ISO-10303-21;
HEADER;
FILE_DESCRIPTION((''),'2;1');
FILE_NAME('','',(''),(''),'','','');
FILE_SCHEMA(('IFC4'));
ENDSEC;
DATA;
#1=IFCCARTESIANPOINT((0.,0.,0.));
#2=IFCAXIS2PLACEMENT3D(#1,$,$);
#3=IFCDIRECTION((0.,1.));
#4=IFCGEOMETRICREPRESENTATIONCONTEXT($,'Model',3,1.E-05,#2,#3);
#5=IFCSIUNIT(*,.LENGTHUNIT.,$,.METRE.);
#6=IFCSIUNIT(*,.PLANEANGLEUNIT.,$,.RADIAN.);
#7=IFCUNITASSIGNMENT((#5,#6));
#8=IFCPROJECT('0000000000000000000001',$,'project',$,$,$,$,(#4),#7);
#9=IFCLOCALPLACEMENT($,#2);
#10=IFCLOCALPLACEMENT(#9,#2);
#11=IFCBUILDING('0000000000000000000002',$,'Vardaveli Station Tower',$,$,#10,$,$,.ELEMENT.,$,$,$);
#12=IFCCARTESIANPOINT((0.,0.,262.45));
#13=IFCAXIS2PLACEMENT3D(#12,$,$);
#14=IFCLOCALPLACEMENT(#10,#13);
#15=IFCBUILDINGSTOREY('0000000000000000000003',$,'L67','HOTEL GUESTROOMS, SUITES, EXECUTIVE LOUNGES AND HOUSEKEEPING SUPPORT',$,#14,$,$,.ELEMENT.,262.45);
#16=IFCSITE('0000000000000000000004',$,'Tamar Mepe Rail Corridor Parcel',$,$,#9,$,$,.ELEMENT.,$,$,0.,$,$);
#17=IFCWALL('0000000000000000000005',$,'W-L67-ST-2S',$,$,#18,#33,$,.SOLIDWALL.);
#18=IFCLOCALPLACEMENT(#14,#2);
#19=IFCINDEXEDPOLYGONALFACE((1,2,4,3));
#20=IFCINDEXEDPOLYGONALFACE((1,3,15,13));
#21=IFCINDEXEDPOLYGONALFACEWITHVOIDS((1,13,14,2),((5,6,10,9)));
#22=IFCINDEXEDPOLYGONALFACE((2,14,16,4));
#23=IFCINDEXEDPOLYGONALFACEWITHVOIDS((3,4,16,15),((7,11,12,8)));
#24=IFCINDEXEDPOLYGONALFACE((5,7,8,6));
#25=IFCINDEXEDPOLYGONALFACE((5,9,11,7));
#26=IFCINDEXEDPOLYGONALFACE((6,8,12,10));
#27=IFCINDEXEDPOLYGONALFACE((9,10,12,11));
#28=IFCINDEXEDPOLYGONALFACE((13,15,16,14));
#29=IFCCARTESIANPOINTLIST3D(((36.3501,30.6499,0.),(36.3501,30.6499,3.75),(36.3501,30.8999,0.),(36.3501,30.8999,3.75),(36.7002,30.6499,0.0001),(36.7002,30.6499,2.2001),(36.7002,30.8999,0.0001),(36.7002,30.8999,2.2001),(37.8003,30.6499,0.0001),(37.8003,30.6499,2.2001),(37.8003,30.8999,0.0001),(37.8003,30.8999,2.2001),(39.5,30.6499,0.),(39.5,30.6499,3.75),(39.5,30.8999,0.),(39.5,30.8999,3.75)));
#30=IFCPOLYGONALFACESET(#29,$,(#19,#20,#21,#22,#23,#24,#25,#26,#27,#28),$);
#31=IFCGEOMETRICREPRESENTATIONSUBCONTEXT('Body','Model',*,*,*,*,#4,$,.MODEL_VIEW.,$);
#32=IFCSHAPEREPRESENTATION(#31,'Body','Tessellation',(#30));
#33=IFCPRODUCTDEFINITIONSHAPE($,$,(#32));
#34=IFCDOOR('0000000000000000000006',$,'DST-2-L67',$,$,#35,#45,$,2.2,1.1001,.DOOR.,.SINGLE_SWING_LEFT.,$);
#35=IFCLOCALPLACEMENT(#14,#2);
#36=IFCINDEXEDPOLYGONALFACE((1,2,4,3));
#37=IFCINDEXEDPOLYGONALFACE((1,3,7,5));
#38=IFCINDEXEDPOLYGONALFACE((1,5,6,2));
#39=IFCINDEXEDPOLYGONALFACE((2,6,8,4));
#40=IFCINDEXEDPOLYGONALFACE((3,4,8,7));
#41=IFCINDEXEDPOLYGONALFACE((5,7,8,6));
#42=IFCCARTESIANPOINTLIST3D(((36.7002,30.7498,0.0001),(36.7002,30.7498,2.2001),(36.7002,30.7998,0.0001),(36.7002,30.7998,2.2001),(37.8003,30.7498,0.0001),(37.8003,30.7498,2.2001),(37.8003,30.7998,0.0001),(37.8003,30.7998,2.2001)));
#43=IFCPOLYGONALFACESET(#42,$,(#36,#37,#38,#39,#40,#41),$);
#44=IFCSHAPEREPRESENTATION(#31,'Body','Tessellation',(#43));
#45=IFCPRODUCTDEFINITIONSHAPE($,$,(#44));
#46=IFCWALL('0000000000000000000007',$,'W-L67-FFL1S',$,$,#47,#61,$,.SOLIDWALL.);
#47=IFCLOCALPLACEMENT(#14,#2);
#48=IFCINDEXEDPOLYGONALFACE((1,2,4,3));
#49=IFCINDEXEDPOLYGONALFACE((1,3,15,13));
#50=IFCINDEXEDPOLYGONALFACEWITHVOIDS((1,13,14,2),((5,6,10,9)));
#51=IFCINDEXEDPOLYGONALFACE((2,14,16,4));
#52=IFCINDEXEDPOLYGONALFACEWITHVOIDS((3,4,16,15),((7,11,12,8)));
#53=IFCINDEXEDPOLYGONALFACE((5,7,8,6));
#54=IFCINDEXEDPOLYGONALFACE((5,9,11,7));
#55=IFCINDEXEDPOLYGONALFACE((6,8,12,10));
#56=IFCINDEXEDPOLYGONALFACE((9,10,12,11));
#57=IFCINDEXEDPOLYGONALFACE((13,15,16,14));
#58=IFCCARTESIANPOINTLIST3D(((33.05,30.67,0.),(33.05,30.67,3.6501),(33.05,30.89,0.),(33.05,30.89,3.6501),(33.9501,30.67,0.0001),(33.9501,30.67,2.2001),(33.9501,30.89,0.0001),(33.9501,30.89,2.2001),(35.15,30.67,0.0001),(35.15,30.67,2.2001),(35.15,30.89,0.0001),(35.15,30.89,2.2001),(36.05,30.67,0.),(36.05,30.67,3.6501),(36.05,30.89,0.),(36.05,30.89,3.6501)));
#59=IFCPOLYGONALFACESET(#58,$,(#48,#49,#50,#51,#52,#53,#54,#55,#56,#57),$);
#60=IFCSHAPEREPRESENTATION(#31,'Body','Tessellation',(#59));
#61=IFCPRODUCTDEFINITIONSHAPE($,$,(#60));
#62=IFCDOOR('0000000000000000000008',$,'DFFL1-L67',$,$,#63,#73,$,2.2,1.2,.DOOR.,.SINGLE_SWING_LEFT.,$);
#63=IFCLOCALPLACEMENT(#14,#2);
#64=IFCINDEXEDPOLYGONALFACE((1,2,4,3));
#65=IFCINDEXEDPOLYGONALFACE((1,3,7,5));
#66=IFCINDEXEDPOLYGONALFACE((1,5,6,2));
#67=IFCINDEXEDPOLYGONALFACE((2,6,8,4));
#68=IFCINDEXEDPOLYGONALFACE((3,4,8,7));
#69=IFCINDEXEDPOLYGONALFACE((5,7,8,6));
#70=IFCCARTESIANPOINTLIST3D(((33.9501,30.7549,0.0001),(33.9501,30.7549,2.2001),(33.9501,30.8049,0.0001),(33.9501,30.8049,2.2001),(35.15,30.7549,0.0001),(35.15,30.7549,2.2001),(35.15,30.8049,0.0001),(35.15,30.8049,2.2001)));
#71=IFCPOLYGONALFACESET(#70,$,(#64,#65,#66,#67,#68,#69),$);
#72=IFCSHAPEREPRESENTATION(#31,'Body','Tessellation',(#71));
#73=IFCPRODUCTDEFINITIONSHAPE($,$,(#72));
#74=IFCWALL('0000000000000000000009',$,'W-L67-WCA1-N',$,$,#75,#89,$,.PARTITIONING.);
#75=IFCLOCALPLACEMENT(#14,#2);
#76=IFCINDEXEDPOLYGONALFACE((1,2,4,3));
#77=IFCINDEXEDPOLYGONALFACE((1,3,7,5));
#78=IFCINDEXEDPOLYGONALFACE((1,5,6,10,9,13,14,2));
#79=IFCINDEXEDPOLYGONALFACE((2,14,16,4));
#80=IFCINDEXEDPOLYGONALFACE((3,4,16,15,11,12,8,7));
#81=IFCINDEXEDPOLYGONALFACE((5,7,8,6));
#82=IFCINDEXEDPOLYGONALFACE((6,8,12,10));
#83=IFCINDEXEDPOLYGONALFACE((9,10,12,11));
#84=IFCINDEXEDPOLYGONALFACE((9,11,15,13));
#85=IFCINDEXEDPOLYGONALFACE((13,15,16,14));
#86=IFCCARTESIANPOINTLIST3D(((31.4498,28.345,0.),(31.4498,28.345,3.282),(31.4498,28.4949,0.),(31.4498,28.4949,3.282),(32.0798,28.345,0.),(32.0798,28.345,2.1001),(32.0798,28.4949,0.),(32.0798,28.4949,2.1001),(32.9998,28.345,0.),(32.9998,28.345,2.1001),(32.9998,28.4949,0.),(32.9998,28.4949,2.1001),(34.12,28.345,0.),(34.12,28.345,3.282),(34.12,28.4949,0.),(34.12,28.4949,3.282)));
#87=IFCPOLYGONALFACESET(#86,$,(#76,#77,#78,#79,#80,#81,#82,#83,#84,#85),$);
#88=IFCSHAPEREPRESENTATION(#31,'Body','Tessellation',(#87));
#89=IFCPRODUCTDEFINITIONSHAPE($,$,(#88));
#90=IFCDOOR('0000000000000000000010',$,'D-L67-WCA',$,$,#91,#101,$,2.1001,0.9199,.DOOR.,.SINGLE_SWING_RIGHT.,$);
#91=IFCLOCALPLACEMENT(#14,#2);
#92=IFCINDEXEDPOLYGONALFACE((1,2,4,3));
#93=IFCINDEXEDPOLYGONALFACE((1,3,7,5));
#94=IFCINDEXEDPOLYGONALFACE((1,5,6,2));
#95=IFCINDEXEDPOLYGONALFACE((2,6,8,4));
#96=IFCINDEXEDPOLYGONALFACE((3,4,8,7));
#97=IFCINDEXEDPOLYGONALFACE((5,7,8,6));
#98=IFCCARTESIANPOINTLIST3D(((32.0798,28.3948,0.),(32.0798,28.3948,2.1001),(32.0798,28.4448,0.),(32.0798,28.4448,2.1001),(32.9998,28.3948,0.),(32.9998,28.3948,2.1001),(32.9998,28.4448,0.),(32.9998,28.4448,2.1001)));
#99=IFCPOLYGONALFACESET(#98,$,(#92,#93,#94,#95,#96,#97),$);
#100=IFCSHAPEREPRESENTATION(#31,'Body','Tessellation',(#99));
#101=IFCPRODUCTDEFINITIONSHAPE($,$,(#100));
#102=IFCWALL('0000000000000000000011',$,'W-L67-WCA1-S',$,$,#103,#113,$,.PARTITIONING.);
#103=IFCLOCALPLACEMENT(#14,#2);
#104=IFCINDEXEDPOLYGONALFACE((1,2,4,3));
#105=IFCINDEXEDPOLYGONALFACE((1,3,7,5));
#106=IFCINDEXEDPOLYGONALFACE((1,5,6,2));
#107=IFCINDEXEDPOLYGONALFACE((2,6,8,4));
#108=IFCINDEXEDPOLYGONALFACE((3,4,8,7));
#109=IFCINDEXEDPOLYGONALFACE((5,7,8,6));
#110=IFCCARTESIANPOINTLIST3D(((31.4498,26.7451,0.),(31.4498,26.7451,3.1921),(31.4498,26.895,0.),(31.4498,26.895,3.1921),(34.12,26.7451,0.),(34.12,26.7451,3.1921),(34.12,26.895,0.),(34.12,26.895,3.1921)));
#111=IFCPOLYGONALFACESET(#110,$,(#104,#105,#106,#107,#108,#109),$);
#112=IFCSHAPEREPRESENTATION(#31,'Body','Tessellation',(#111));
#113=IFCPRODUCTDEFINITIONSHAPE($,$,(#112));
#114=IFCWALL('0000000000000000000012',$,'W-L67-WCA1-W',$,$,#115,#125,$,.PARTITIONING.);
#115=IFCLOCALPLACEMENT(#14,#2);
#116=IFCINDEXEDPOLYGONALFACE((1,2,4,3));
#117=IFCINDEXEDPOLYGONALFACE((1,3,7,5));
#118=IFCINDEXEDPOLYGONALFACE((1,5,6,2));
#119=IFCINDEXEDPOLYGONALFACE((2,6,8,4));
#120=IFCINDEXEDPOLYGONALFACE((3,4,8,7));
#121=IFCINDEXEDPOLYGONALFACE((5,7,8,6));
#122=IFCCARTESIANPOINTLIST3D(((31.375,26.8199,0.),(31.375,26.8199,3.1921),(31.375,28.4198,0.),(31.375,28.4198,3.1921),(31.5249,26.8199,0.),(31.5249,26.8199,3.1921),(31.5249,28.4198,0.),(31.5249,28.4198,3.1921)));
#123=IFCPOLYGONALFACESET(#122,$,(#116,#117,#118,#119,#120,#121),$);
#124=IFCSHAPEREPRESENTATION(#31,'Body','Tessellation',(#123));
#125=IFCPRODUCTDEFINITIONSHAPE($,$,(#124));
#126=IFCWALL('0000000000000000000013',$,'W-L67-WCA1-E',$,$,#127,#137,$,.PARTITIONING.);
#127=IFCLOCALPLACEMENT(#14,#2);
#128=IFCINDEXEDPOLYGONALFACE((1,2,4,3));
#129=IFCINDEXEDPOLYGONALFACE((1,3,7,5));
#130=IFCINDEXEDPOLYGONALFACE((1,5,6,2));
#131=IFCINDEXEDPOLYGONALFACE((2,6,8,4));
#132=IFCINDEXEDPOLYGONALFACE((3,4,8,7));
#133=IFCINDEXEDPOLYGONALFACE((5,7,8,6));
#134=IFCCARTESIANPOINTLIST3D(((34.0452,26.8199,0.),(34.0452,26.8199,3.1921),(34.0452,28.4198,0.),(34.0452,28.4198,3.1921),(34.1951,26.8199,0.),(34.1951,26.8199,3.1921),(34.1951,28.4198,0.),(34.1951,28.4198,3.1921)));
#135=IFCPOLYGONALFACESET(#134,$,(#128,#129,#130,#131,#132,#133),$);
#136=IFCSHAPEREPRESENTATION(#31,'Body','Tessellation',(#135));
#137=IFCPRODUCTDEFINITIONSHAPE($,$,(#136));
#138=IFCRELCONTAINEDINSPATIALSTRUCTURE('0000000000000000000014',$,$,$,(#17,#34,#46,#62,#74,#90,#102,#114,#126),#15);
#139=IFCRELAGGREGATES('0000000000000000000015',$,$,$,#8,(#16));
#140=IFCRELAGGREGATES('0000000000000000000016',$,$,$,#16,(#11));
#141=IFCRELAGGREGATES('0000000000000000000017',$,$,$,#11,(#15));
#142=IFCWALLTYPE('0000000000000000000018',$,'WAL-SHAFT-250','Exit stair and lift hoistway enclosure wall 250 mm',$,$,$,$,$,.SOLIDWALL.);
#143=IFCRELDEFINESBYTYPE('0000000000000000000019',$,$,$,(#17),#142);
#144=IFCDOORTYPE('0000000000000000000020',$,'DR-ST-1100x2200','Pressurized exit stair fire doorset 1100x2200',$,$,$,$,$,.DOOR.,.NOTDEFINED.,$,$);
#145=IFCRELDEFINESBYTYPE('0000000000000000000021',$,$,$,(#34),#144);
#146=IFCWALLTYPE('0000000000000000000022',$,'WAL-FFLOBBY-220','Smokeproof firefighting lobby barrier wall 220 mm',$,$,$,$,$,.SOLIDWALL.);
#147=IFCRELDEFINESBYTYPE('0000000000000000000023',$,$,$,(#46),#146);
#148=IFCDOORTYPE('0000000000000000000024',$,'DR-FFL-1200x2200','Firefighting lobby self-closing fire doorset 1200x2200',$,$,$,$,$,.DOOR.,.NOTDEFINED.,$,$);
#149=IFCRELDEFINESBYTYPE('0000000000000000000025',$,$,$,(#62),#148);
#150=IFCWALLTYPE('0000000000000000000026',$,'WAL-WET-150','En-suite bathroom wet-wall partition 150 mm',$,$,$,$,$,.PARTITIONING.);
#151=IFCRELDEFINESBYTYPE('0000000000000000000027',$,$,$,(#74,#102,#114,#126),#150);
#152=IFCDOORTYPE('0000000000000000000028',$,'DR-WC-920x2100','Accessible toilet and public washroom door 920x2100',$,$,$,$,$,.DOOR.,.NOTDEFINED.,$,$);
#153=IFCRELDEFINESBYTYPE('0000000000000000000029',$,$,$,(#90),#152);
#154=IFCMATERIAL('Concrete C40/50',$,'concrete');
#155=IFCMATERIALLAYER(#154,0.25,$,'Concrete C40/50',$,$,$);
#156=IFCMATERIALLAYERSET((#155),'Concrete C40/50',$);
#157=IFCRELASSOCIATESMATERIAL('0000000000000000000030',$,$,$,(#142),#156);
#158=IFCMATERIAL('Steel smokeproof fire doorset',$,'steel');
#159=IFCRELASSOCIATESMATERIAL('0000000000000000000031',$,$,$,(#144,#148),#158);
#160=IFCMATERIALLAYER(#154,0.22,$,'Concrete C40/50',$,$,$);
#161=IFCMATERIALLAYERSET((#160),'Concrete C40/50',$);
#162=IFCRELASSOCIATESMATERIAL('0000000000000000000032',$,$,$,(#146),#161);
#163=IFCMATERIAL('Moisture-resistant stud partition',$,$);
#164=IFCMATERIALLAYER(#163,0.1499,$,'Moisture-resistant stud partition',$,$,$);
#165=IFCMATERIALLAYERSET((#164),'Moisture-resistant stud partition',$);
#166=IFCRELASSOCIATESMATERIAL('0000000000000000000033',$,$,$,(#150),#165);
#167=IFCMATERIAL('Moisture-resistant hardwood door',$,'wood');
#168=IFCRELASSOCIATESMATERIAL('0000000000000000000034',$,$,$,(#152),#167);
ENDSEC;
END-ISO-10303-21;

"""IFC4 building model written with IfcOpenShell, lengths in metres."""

from ifc_helpers import new_model, si_unit, direction, frame, frame_2d, origin, place, context, subcontext, project, spatial, rectangle, extrude, source, transform, mapped, material, layer, layer_set, type_object, element, fill, save


model = new_model("IFC4")

# Units and contexts
model_context = context("Model", 3, precision=1e-05, world=origin(), true_north=direction((0.0, 1.0)))
body_context = subcontext(model_context, "Body", "Model", "MODEL_VIEW")
ifc_project = project(units=[si_unit("LENGTHUNIT", "METRE"), si_unit("PLANEANGLEUNIT", "RADIAN")], contexts=[model_context])

# Site, building, storey
site_placement = place(None, origin())
site = spatial("IfcSite", under=ifc_project, at=site_placement, Name="Tamar Mepe Rail Corridor Parcel", CompositionType="ELEMENT", RefElevation=0.0)
building_placement = place(site_placement, origin())
building = spatial("IfcBuilding", under=site, at=building_placement, Name="Vardaveli Station Tower", CompositionType="ELEMENT")
storey_placement = place(building_placement, frame((0.0, 0.0, 262.45)))
storey = spatial("IfcBuildingStorey", under=building, at=storey_placement, Name="L67", Description="HOTEL GUESTROOMS, SUITES, EXECUTIVE LOUNGES AND HOUSEKEEPING SUPPORT", CompositionType="ELEMENT", Elevation=262.45)

# Shared definitions
ifc_material_1 = material(Name="Concrete C40/50", Category="concrete")
ifc_layer_1 = layer(ifc_material_1, 0.25, Name="Concrete C40/50")
ifc_layer_set_1 = layer_set([ifc_layer_1], Name="Concrete C40/50")
wall_type_1 = type_object("IfcWallType", Name="WAL-SHAFT-250", Description="Exit stair and lift hoistway enclosure wall 250 mm", PredefinedType="SOLIDWALL", material=ifc_layer_set_1)

# Walls, openings, doors
shared_shape_1 = source(origin(), body_context, "Body", "SweptSolid", [
    extrude(rectangle(XDim=3.1499, YDim=0.25, at=frame_2d((1.575, 0.0))), origin(), (0.0, 0.0, 1.0), 3.75),
])
shared_shape_2 = source(origin(), body_context, "Body", "SweptSolid", [
    extrude(rectangle(XDim=1.1001, YDim=2.2, at=frame_2d((0.55, 1.1001))), frame((0.0, 0.135, 0.0), z_axis=(0.0, -1.0, 0.0), x_axis=(1.0, 0.0, 0.0)), (0.0, 0.0, 1.0), 0.27),
])
ifc_material_2 = material(Name="Steel smokeproof fire doorset", Category="steel")
door_type_1 = type_object("IfcDoorType", Name="DR-ST-1100x2200", Description="Pressurized exit stair fire doorset 1100x2200", OperationType="NOTDEFINED", PredefinedType="DOOR", material=ifc_material_2)
shared_shape_3 = source(origin(), body_context, "Body", "SweptSolid", [
    extrude(rectangle(XDim=1.1001, YDim=2.2, at=frame_2d((0.55, 1.1001))), frame((0.0, 0.0249, 0.0), z_axis=(0.0, -1.0, 0.0), x_axis=(1.0, 0.0, 0.0)), (0.0, 0.0, 1.0), 0.05),
])
wall_1_placement = place(storey_placement, frame((36.3501, 30.7749, 0.0), z_axis=(0.0, 0.0, 1.0), x_axis=(1.0, 0.0, 0.0)))
wall_1 = element("IfcWall", 1, at=wall_1_placement, inside=storey, type_object=wall_type_1, Name="W-L67-ST-2S", PredefinedType="SOLIDWALL", context=body_context, shape_type="MappedRepresentation", body=[
    mapped(shared_shape_1, transform((0.0, 0.0, 0.0), scale=1.0)),
])
opening_1_placement = place(wall_1_placement, frame((0.3501, 0.0, 0.0)))
opening_1 = element("IfcOpeningElement", 2, at=opening_1_placement, cuts=wall_1, PredefinedType="OPENING", context=body_context, shape_type="MappedRepresentation", body=[
    mapped(shared_shape_2, transform((0.0, 0.0, 0.0), scale=1.0)),
])
door_1_placement = place(opening_1_placement, origin())
door_1 = element("IfcDoor", 3, at=door_1_placement, inside=storey, type_object=door_type_1, Name="DST-2-L67", OperationType="SINGLE_SWING_LEFT", OverallHeight=2.2, OverallWidth=1.1001, PredefinedType="DOOR", context=body_context, shape_type="MappedRepresentation", body=[
    mapped(shared_shape_3, transform((0.0, 0.0, 0.0), scale=1.0)),
])
fill(opening_1, door_1)
ifc_layer_2 = layer(ifc_material_1, 0.22, Name="Concrete C40/50")
ifc_layer_set_2 = layer_set([ifc_layer_2], Name="Concrete C40/50")
wall_type_2 = type_object("IfcWallType", Name="WAL-FFLOBBY-220", Description="Smokeproof firefighting lobby barrier wall 220 mm", PredefinedType="SOLIDWALL", material=ifc_layer_set_2)
shared_shape_4 = source(origin(), body_context, "Body", "SweptSolid", [
    extrude(rectangle(XDim=3.0, YDim=0.22, at=frame_2d((1.5, 0.0))), origin(), (0.0, 0.0, 1.0), 3.6501),
])
wall_2_placement = place(storey_placement, frame((33.05, 30.78, 0.0), z_axis=(0.0, 0.0, 1.0), x_axis=(1.0, 0.0, 0.0)))
wall_2 = element("IfcWall", 4, at=wall_2_placement, inside=storey, type_object=wall_type_2, Name="W-L67-FFL1S", PredefinedType="SOLIDWALL", context=body_context, shape_type="MappedRepresentation", body=[
    mapped(shared_shape_4, transform((0.0, 0.0, 0.0), scale=1.0)),
])
shared_shape_5 = source(origin(), body_context, "Body", "SweptSolid", [
    extrude(rectangle(XDim=1.2, YDim=2.2, at=frame_2d((0.6001, 1.1001))), frame((0.0, 0.1201, 0.0), z_axis=(0.0, -1.0, 0.0), x_axis=(1.0, 0.0, 0.0)), (0.0, 0.0, 1.0), 0.24),
])
opening_2_placement = place(wall_2_placement, frame((0.8999, 0.0, 0.0)))
opening_2 = element("IfcOpeningElement", 5, at=opening_2_placement, cuts=wall_2, PredefinedType="OPENING", context=body_context, shape_type="MappedRepresentation", body=[
    mapped(shared_shape_5, transform((0.0, 0.0, 0.0), scale=1.0)),
])
door_type_2 = type_object("IfcDoorType", Name="DR-FFL-1200x2200", Description="Firefighting lobby self-closing fire doorset 1200x2200", OperationType="NOTDEFINED", PredefinedType="DOOR", material=ifc_material_2)
shared_shape_6 = source(origin(), body_context, "Body", "SweptSolid", [
    extrude(rectangle(XDim=1.2, YDim=2.2, at=frame_2d((0.6001, 1.1001))), frame((0.0, 0.0249, 0.0), z_axis=(0.0, -1.0, 0.0), x_axis=(1.0, 0.0, 0.0)), (0.0, 0.0, 1.0), 0.05),
])
door_2_placement = place(opening_2_placement, origin())
door_2 = element("IfcDoor", 6, at=door_2_placement, inside=storey, type_object=door_type_2, Name="DFFL1-L67", OperationType="SINGLE_SWING_LEFT", OverallHeight=2.2, OverallWidth=1.2, PredefinedType="DOOR", context=body_context, shape_type="MappedRepresentation", body=[
    mapped(shared_shape_6, transform((0.0, 0.0, 0.0), scale=1.0)),
])
fill(opening_2, door_2)
ifc_material_3 = material(Name="Moisture-resistant stud partition")
ifc_layer_3 = layer(ifc_material_3, 0.1499, Name="Moisture-resistant stud partition")
ifc_layer_set_3 = layer_set([ifc_layer_3], Name="Moisture-resistant stud partition")
wall_type_3 = type_object("IfcWallType", Name="WAL-WET-150", Description="En-suite bathroom wet-wall partition 150 mm", PredefinedType="PARTITIONING", material=ifc_layer_set_3)
shared_shape_7 = source(origin(), body_context, "Body", "SweptSolid", [
    extrude(rectangle(XDim=2.6702, YDim=0.1499, at=frame_2d((1.335, 0.0))), origin(), (0.0, 0.0, 1.0), 3.282),
])
wall_3_placement = place(storey_placement, frame((31.45, 28.4199, 0.0), z_axis=(0.0, 0.0, 1.0), x_axis=(1.0, 0.0, 0.0)))
wall_3 = element("IfcWall", 7, at=wall_3_placement, inside=storey, type_object=wall_type_3, Name="W-L67-WCA1-N", PredefinedType="PARTITIONING", context=body_context, shape_type="MappedRepresentation", body=[
    mapped(shared_shape_7, transform((0.0, 0.0, 0.0), scale=1.0)),
])
shared_shape_8 = source(origin(), body_context, "Body", "SweptSolid", [
    extrude(rectangle(XDim=0.9199, YDim=2.1001, at=frame_2d((0.46, 1.05))), frame((0.0, 0.085, 0.0), z_axis=(0.0, -1.0, 0.0), x_axis=(1.0, 0.0, 0.0)), (0.0, 0.0, 1.0), 0.1699),
])
opening_3_placement = place(wall_3_placement, frame((0.6299, 0.0, 0.0)))
opening_3 = element("IfcOpeningElement", 8, at=opening_3_placement, cuts=wall_3, PredefinedType="OPENING", context=body_context, shape_type="MappedRepresentation", body=[
    mapped(shared_shape_8, transform((0.0, 0.0, 0.0), scale=1.0)),
])
ifc_material_4 = material(Name="Moisture-resistant hardwood door", Category="wood")
door_type_3 = type_object("IfcDoorType", Name="DR-WC-920x2100", Description="Accessible toilet and public washroom door 920x2100", OperationType="NOTDEFINED", PredefinedType="DOOR", material=ifc_material_4)
shared_shape_9 = source(origin(), body_context, "Body", "SweptSolid", [
    extrude(rectangle(XDim=0.9199, YDim=2.1001, at=frame_2d((0.46, 1.05))), frame((0.0, 0.0249, 0.0), z_axis=(0.0, -1.0, 0.0), x_axis=(1.0, 0.0, 0.0)), (0.0, 0.0, 1.0), 0.05),
])
door_3_placement = place(opening_3_placement, origin())
door_3 = element("IfcDoor", 9, at=door_3_placement, inside=storey, type_object=door_type_3, Name="D-L67-WCA", OperationType="SINGLE_SWING_RIGHT", OverallHeight=2.1001, OverallWidth=0.9199, PredefinedType="DOOR", context=body_context, shape_type="MappedRepresentation", body=[
    mapped(shared_shape_9, transform((0.0, 0.0, 0.0), scale=1.0)),
])
fill(opening_3, door_3)

# Walls
shared_shape_10 = source(origin(), body_context, "Body", "SweptSolid", [
    extrude(rectangle(XDim=2.6702, YDim=0.1499, at=frame_2d((1.335, 0.0))), origin(), (0.0, 0.0, 1.0), 3.1921),
])
wall_4_placement = place(storey_placement, frame((31.45, 26.8201, 0.0), z_axis=(0.0, 0.0, 1.0), x_axis=(1.0, 0.0, 0.0)))
element("IfcWall", 10, at=wall_4_placement, inside=storey, type_object=wall_type_3, Name="W-L67-WCA1-S", PredefinedType="PARTITIONING", context=body_context, shape_type="MappedRepresentation", body=[
    mapped(shared_shape_10, transform((0.0, 0.0, 0.0), scale=1.0)),
])
shared_shape_11 = source(origin(), body_context, "Body", "SweptSolid", [
    extrude(rectangle(XDim=1.5999, YDim=0.1499, at=frame_2d((0.7998, 0.0))), origin(), (0.0, 0.0, 1.0), 3.1921),
])
for number, where, z_axis, x_axis, name in (
    (11, (31.45, 26.8201, 0.0), (0.0, 0.0, 1.0), (0.0, 1.0, 0.0), "W-L67-WCA1-W"),
    (12, (34.1201, 26.8201, 0.0), (0.0, 0.0, 1.0), (0.0, 1.0, 0.0), "W-L67-WCA1-E"),
):
    element("IfcWall", number, at=place(storey_placement, frame(where, z_axis=z_axis, x_axis=x_axis)), inside=storey, type_object=wall_type_3, Name=name, PredefinedType="PARTITIONING", context=body_context, shape_type="MappedRepresentation", body=[
        mapped(shared_shape_11, transform((0.0, 0.0, 0.0), scale=1.0)),
    ])

save(model, "model.ifc")
